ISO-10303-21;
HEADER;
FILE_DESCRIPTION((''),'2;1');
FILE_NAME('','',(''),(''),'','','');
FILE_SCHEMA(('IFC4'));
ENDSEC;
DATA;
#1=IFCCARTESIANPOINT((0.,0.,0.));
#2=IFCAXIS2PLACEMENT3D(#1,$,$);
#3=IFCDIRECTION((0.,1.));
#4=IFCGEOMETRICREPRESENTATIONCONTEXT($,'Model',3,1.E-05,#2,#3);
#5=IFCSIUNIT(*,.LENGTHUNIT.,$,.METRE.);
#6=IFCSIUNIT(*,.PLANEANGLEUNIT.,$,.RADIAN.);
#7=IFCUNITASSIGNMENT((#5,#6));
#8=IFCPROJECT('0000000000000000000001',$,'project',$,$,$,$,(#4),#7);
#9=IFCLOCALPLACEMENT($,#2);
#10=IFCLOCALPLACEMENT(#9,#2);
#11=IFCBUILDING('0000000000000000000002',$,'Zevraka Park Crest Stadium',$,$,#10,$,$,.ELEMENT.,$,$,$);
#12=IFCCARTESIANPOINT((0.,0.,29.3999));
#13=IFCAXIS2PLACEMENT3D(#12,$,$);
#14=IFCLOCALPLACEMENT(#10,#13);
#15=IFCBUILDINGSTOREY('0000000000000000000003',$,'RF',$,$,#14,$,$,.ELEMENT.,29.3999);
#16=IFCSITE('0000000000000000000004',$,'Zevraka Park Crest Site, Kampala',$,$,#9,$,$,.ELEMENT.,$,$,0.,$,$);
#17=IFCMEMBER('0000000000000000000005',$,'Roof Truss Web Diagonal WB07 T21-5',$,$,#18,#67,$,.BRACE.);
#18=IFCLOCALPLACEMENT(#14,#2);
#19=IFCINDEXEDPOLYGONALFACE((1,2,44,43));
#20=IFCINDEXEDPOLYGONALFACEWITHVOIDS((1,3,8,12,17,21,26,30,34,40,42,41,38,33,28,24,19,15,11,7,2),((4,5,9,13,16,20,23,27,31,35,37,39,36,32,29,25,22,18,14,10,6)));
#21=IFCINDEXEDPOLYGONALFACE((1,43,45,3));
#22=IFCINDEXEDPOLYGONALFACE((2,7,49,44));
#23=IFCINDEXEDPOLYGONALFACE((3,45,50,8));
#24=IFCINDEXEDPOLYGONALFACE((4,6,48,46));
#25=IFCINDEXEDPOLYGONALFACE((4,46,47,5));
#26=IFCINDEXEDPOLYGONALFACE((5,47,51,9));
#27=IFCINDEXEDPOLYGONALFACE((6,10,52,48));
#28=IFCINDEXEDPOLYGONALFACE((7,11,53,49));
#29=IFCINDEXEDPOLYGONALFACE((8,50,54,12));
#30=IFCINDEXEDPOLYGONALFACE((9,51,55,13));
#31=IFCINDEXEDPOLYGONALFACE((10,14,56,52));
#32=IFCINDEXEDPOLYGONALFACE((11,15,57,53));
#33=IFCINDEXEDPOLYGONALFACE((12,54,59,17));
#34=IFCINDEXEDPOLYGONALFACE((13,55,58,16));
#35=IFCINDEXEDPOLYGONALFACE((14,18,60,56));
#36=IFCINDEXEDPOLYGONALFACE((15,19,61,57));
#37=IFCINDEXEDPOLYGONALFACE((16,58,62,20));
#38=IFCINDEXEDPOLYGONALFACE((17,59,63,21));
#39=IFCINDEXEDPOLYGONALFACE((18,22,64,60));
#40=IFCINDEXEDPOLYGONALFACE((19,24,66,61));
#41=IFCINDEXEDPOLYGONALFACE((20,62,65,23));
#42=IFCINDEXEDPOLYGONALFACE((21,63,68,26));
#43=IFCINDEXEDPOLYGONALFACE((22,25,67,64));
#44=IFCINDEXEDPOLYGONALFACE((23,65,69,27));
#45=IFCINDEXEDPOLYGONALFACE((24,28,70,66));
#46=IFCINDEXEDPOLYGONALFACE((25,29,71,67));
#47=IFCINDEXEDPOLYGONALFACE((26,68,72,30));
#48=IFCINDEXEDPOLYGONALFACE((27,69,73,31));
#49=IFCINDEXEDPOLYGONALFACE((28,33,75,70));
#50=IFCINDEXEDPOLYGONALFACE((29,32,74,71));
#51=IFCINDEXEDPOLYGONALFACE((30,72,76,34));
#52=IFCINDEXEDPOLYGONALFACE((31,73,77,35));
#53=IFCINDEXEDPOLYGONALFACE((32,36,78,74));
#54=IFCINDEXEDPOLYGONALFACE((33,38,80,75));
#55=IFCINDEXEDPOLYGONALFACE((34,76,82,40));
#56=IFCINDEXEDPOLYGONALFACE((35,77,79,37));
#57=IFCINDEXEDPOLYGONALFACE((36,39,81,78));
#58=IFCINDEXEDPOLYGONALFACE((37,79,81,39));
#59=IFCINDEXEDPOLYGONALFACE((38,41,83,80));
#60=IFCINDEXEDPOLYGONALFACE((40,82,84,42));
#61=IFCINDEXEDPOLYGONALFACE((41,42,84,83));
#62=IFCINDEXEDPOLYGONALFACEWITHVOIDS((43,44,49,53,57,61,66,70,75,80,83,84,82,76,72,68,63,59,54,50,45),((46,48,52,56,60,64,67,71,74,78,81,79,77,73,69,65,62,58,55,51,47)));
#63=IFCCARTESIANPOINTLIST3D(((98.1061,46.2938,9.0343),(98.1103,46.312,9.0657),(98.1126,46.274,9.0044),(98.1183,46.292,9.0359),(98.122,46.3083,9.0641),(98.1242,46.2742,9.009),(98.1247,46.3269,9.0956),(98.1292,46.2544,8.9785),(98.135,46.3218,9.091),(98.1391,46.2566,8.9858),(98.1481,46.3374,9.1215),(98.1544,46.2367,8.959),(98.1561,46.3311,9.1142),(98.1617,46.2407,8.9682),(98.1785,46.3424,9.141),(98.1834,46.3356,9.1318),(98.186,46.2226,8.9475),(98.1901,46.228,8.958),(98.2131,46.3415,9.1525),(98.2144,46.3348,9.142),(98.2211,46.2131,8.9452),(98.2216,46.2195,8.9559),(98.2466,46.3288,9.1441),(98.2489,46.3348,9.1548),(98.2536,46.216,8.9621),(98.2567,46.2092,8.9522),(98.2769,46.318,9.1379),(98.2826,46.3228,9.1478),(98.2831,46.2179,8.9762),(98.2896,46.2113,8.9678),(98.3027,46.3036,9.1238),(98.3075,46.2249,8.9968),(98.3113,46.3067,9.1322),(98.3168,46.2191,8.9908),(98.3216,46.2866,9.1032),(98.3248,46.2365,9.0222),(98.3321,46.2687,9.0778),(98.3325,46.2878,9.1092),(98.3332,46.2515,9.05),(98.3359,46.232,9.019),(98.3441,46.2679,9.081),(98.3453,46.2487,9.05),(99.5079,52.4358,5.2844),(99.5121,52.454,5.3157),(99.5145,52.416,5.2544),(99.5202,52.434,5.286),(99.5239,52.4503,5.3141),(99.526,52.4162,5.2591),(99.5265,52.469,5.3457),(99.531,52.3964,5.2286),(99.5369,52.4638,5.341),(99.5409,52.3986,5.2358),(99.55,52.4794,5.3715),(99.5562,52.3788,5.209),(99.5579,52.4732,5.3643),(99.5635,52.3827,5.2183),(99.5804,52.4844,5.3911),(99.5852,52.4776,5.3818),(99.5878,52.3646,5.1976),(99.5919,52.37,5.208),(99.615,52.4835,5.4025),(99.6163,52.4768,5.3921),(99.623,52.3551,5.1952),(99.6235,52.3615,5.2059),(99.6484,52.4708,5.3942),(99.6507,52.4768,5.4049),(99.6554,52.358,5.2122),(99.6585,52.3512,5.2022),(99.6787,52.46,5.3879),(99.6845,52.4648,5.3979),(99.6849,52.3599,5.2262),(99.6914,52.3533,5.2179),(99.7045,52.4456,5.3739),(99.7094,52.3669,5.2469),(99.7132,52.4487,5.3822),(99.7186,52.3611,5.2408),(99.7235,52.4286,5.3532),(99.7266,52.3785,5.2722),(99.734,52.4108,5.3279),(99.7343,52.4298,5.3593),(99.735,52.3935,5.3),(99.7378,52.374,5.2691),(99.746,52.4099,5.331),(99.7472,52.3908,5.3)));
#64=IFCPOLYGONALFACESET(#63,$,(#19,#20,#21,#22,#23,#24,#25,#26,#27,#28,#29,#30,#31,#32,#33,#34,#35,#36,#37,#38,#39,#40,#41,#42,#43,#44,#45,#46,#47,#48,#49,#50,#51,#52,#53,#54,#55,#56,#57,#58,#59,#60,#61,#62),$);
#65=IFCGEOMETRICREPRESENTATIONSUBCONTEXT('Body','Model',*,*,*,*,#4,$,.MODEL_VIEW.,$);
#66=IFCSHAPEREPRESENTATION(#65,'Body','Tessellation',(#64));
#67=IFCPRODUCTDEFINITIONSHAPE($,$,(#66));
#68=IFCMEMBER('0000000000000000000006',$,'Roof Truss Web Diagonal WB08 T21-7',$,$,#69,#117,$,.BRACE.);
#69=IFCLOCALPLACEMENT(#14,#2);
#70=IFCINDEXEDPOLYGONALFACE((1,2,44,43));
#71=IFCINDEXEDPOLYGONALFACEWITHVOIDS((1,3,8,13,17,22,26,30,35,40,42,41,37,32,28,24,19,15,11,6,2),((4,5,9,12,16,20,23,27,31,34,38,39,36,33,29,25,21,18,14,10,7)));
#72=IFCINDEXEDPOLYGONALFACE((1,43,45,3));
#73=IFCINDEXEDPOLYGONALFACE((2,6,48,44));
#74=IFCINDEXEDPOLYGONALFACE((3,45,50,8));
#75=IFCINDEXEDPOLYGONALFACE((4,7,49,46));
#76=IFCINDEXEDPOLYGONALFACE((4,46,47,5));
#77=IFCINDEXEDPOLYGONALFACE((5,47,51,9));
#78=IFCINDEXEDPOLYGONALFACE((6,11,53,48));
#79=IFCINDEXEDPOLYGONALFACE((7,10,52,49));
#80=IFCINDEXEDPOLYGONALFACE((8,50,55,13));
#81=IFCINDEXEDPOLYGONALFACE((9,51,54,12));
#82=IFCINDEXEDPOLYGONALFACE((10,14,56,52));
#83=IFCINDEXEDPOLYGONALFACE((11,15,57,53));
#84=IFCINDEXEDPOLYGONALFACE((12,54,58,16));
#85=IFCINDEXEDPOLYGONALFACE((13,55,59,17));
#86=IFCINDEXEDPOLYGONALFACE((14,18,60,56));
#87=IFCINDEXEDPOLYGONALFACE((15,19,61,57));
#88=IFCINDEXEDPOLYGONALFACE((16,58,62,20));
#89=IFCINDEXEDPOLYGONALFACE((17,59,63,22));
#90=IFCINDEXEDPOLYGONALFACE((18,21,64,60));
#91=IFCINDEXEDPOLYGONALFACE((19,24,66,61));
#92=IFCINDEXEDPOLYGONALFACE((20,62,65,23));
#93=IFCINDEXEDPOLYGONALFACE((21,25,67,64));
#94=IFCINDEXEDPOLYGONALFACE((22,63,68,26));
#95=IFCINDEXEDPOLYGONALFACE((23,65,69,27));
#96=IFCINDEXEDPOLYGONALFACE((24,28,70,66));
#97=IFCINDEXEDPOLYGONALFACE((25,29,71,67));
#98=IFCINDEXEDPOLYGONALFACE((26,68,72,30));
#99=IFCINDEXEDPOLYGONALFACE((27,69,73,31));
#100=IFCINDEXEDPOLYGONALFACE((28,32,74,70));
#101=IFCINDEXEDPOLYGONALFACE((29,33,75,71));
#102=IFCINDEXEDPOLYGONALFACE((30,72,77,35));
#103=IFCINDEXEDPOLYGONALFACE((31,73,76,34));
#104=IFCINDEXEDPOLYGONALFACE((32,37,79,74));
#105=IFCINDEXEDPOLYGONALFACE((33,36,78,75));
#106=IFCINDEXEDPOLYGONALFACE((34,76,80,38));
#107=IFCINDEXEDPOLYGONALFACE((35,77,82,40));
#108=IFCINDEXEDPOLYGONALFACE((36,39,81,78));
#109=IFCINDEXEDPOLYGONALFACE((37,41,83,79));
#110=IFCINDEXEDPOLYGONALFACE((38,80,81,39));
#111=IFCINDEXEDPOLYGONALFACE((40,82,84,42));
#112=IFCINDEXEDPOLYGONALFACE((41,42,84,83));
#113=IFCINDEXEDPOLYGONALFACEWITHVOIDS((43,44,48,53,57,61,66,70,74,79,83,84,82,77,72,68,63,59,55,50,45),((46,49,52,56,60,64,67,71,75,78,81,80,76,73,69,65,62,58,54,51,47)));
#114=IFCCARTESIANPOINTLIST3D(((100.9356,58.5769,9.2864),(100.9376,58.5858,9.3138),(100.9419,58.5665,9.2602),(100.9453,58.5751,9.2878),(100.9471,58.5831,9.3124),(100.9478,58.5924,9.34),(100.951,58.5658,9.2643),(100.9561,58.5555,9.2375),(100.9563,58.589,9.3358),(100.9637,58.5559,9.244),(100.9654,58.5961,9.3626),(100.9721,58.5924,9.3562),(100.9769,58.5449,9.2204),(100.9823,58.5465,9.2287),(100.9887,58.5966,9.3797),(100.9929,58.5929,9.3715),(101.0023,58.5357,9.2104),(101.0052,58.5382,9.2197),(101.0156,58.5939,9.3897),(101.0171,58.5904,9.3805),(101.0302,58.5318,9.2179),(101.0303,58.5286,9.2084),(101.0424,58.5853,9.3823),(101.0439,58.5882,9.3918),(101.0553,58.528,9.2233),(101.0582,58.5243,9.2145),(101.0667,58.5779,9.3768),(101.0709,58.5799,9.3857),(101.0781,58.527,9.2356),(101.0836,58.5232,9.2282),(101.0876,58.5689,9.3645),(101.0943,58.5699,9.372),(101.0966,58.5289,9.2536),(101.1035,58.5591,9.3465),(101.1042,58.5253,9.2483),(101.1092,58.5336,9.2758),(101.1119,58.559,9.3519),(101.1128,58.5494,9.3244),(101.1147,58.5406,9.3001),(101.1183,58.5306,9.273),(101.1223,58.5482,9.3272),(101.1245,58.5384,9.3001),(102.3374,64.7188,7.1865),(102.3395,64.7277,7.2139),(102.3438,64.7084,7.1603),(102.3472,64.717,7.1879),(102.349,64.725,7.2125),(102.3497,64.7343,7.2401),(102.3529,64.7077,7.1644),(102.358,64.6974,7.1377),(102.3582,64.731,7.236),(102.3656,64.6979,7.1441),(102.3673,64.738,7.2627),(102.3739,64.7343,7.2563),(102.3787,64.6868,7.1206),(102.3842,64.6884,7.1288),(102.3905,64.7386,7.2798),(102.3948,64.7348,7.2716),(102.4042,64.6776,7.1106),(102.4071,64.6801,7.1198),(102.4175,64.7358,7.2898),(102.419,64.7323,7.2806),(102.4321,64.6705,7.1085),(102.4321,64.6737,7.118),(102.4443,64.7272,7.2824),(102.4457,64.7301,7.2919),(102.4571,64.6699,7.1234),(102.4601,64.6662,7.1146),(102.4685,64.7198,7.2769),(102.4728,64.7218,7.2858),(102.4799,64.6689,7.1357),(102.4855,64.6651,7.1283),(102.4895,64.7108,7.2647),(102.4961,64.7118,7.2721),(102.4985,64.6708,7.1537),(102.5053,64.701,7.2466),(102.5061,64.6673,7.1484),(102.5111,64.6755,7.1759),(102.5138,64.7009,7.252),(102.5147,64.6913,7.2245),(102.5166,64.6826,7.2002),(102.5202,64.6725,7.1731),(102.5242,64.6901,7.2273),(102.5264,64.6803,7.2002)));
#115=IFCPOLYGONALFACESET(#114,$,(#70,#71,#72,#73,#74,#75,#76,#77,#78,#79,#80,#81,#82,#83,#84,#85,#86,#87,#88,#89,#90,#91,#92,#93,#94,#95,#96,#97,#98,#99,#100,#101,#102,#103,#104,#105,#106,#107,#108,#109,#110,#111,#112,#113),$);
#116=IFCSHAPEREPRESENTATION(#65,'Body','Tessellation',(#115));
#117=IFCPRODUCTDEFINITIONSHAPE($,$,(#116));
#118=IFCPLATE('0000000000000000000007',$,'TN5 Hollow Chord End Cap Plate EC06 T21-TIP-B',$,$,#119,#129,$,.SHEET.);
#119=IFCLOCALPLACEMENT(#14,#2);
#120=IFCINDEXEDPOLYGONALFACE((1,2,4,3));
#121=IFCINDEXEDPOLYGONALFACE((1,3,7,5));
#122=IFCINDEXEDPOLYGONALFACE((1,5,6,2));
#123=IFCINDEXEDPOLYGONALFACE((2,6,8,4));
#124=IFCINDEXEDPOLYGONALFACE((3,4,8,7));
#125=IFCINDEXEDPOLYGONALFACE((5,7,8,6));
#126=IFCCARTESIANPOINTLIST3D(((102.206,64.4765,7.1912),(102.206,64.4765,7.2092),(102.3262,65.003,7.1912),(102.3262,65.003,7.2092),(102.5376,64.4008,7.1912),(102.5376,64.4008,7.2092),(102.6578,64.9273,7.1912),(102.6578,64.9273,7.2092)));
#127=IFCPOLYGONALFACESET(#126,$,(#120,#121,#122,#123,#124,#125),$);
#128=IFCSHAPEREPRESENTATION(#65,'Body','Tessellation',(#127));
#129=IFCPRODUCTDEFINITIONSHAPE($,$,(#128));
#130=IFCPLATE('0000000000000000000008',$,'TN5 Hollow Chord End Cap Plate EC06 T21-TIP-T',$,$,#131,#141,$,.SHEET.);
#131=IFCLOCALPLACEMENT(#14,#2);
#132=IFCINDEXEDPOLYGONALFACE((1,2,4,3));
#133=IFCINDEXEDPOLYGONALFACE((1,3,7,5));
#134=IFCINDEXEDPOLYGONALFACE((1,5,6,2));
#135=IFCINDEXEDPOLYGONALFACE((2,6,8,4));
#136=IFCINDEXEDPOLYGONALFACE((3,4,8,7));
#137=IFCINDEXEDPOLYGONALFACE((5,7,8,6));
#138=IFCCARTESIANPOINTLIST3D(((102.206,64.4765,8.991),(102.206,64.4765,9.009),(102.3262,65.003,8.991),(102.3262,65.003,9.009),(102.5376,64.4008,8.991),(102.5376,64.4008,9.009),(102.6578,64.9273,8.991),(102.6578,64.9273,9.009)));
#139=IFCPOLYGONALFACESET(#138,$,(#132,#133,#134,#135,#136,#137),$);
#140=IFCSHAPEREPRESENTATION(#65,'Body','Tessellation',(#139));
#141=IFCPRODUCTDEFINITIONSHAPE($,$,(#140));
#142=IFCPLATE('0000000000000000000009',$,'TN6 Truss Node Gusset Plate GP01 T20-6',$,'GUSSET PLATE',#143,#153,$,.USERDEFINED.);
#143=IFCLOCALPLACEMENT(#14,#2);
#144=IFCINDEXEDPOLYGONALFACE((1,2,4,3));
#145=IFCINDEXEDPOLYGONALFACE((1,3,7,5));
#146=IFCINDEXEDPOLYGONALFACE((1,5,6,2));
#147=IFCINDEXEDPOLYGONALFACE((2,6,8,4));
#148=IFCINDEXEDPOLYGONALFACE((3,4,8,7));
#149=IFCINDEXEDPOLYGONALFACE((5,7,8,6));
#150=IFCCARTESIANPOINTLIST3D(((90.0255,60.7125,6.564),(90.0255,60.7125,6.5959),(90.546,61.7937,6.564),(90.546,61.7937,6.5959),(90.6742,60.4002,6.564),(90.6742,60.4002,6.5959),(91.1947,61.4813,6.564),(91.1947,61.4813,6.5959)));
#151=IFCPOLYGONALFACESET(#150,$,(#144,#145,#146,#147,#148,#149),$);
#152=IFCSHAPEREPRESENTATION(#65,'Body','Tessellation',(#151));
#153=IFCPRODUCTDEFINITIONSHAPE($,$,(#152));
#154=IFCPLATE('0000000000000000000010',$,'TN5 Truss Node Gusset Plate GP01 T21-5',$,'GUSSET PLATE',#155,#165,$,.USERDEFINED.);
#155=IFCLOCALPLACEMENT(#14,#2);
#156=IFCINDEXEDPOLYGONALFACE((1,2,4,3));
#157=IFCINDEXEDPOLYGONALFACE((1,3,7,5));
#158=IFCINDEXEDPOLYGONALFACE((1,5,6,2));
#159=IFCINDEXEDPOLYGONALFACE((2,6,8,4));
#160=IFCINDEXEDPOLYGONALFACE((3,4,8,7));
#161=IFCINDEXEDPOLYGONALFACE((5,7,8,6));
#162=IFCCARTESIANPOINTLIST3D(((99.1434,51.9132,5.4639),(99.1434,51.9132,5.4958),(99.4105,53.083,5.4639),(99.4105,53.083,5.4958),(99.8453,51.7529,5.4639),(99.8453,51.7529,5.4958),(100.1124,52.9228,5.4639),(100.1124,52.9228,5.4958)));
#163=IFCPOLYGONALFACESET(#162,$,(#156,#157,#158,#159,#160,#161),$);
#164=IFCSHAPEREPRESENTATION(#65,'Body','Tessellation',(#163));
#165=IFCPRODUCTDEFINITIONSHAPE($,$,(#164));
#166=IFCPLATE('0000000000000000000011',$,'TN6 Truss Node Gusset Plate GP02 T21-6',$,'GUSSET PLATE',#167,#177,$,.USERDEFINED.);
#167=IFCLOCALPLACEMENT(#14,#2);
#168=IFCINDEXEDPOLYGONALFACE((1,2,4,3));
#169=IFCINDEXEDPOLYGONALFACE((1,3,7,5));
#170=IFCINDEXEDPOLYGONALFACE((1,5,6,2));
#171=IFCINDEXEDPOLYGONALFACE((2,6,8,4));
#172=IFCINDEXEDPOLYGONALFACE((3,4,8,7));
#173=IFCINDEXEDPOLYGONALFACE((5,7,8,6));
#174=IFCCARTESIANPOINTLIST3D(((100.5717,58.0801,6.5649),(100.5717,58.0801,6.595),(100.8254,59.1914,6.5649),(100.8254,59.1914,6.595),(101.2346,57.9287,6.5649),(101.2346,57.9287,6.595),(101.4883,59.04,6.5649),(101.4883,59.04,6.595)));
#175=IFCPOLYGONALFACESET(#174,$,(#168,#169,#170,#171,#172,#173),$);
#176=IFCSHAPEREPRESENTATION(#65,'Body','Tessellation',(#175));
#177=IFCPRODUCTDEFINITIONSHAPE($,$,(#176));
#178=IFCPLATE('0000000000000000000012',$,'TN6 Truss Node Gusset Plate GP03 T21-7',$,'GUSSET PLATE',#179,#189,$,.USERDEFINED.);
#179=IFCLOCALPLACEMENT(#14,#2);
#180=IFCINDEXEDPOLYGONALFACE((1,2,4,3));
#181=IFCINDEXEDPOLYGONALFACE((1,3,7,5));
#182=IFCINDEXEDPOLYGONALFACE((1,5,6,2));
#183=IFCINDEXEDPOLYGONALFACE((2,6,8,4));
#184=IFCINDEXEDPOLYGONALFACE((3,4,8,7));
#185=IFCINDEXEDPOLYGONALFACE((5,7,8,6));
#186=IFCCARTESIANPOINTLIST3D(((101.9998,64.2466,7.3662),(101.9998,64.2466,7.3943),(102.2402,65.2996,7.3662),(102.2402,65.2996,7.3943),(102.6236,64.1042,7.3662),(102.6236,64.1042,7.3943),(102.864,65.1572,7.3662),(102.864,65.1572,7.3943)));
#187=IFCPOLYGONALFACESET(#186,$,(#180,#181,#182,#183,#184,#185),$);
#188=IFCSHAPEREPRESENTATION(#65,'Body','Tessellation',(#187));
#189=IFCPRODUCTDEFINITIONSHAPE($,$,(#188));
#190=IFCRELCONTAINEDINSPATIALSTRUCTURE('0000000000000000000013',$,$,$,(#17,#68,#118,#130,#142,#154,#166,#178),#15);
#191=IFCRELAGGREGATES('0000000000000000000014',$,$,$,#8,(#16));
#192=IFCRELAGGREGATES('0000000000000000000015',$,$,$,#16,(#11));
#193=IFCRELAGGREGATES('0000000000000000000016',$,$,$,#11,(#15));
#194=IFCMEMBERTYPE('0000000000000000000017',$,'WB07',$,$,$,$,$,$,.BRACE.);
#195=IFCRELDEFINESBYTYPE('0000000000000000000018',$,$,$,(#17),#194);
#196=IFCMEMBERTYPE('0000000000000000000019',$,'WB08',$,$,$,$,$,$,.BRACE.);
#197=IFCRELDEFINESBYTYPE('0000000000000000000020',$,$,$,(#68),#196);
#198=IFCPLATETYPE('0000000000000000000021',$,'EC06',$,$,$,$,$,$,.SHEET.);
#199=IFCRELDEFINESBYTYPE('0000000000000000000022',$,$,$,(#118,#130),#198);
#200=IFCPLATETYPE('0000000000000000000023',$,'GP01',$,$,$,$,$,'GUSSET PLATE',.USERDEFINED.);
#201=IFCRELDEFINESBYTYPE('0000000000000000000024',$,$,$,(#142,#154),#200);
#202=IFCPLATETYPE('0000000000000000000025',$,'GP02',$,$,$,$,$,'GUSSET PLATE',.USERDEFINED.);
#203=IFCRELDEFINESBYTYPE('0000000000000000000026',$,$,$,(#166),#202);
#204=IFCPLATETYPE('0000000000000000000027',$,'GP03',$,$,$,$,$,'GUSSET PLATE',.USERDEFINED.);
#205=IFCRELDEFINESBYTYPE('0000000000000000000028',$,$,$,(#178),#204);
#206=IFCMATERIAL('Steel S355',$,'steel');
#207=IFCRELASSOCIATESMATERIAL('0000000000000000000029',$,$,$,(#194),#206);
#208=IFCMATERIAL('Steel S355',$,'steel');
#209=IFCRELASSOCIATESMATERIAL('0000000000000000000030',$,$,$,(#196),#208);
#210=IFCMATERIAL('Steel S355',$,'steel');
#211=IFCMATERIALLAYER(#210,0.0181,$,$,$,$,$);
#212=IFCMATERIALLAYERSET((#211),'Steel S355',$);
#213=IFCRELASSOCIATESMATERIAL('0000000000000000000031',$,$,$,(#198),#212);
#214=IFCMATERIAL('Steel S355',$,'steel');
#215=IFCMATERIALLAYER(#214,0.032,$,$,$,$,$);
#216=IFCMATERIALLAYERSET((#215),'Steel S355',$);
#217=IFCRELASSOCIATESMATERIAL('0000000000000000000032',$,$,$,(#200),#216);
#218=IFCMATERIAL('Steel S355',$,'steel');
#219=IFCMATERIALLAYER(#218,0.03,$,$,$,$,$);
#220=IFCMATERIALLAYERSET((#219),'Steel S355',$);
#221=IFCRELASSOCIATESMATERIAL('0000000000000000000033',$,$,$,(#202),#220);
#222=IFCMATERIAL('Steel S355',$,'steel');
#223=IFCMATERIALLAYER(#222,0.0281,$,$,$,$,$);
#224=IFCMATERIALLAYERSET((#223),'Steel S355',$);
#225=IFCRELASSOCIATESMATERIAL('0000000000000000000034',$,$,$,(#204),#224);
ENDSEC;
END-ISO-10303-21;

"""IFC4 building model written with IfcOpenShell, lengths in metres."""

from ifc_helpers import new_model, si_unit, direction, frame, origin, origin_2d, place, context, subcontext, project, spatial, rectangle, hollow_circle, extrude, material, layer, layer_set, material_profile, profile_set, type_object, element, save


model = new_model("IFC4")

# Units and contexts
model_context = context("Model", 3, precision=1e-05, world=origin(), true_north=direction((0.0, 1.0)))
body_context = subcontext(model_context, "Body", "Model", "MODEL_VIEW")
ifc_project = project(units=[si_unit("LENGTHUNIT", "METRE"), si_unit("PLANEANGLEUNIT", "RADIAN")], contexts=[model_context])

# Site, building, storey
site_placement = place(None, origin())
site = spatial("IfcSite", under=ifc_project, at=site_placement, Name="Zevraka Park Crest Site, Kampala", CompositionType="ELEMENT", RefElevation=0.0)
building_placement = place(site_placement, origin())
building = spatial("IfcBuilding", under=site, at=building_placement, Name="Zevraka Park Crest Stadium", CompositionType="ELEMENT")
storey_placement = place(building_placement, frame((0.0, 0.0, 29.3999)))
storey = spatial("IfcBuildingStorey", under=building, at=storey_placement, Name="RF", CompositionType="ELEMENT", Elevation=29.3999)

# Members
ifc_material_1 = material(Name="Steel S355", Category="steel")
ifc_material_profile_1 = material_profile(ifc_material_1, hollow_circle(Radius=0.1223, WallThickness=0.0125, at=origin_2d()), Name="CHS 244.5x12.5")
ifc_profile_set_1 = profile_set([ifc_material_profile_1], Name="Steel S355")
member_type_1 = type_object("IfcMemberType", Name="WB07", PredefinedType="BRACE", material=ifc_profile_set_1)
member_1_placement = place(storey_placement, frame((99.6279, 52.418, 5.3), z_axis=(-0.191206, -0.837751, 0.511482), x_axis=(0.974929, -0.222515, 0.0)))
element("IfcMember", 1, at=member_1_placement, inside=storey, type_object=member_type_1, Name="Roof Truss Web Diagonal WB07 T21-5", PredefinedType="BRACE", context=body_context, shape_type="SweptSolid", body=[
    extrude(hollow_circle(Radius=0.1223, WallThickness=0.0125, at=origin_2d()), origin(), (0.0, 0.0, 1.0), 7.3315),
])
ifc_material_2 = material(Name="Steel S355", Category="steel")
ifc_material_profile_2 = material_profile(ifc_material_2, hollow_circle(Radius=0.0969, WallThickness=0.01, at=origin_2d()), Name="CHS 193.7x10")
ifc_profile_set_2 = profile_set([ifc_material_profile_2], Name="Steel S355")
member_type_2 = type_object("IfcMemberType", Name="WB08", PredefinedType="BRACE", material=ifc_profile_set_2)
member_2_placement = place(storey_placement, frame((102.4319, 64.7019, 7.2002), z_axis=(-0.211105, -0.924901, 0.316217), x_axis=(0.974927, -0.222524, 0.0)))
element("IfcMember", 2, at=member_2_placement, inside=storey, type_object=member_type_2, Name="Roof Truss Web Diagonal WB08 T21-7", PredefinedType="BRACE", context=body_context, shape_type="SweptSolid", body=[
    extrude(hollow_circle(Radius=0.0969, WallThickness=0.01, at=origin_2d()), origin(), (0.0, 0.0, 1.0), 6.6406),
])

# Plates
ifc_material_3 = material(Name="Steel S355", Category="steel")
ifc_layer_1 = layer(ifc_material_3, 0.0181)
ifc_layer_set_1 = layer_set([ifc_layer_1], Name="Steel S355")
plate_type_1 = type_object("IfcPlateType", Name="EC06", PredefinedType="SHEET", material=ifc_layer_set_1)
for number, where, z_axis, x_axis, name in (
    (3, (102.4319, 64.7019, 7.1912), (0.0, 0.0, 1.0), (0.22257, 0.974917, 0.0), "TN5 Hollow Chord End Cap Plate EC06 T21-TIP-B"),
    (4, (102.4319, 64.7019, 8.991), (0.0, 0.0, 1.0), (0.22257, 0.974917, 0.0), "TN5 Hollow Chord End Cap Plate EC06 T21-TIP-T"),
):
    element("IfcPlate", number, at=place(storey_placement, frame(where, z_axis=z_axis, x_axis=x_axis)), inside=storey, type_object=plate_type_1, Name=name, PredefinedType="SHEET", context=body_context, shape_type="SweptSolid", body=[
        extrude(rectangle(XDim=0.54, YDim=0.3401, at=origin_2d()), origin(), (0.0, 0.0, 1.0), 0.0181),
    ])
ifc_material_4 = material(Name="Steel S355", Category="steel")
ifc_layer_2 = layer(ifc_material_4, 0.032)
ifc_layer_set_2 = layer_set([ifc_layer_2], Name="Steel S355")
plate_type_2 = type_object("IfcPlateType", Name="GP01", ElementType="GUSSET PLATE", PredefinedType="USERDEFINED", material=ifc_layer_set_2)
for number, where, z_axis, x_axis, name in (
    (5, (90.6101, 61.0969, 6.564), (0.0, 0.0, 1.0), (0.433816, 0.901001, 0.0), "TN6 Truss Node Gusset Plate GP01 T20-6"),
    (6, (99.6279, 52.418, 5.4639), (0.0, 0.0, 1.0), (0.22257, 0.974917, 0.0), "TN5 Truss Node Gusset Plate GP01 T21-5"),
):
    element("IfcPlate", number, at=place(storey_placement, frame(where, z_axis=z_axis, x_axis=x_axis)), inside=storey, type_object=plate_type_2, Name=name, ObjectType="GUSSET PLATE", PredefinedType="USERDEFINED", context=body_context, shape_type="SweptSolid", body=[
        extrude(rectangle(XDim=1.2, YDim=0.72, at=origin_2d()), origin(), (0.0, 0.0, 1.0), 0.032),
    ])
ifc_material_5 = material(Name="Steel S355", Category="steel")
ifc_layer_3 = layer(ifc_material_5, 0.03)
ifc_layer_set_3 = layer_set([ifc_layer_3], Name="Steel S355")
plate_type_3 = type_object("IfcPlateType", Name="GP02", ElementType="GUSSET PLATE", PredefinedType="USERDEFINED", material=ifc_layer_set_3)
plate_1_placement = place(storey_placement, frame((101.03, 58.5601, 6.5649), z_axis=(0.0, 0.0, 1.0), x_axis=(0.22257, 0.974917, 0.0)))
element("IfcPlate", 7, at=plate_1_placement, inside=storey, type_object=plate_type_3, Name="TN6 Truss Node Gusset Plate GP02 T21-6", ObjectType="GUSSET PLATE", PredefinedType="USERDEFINED", context=body_context, shape_type="SweptSolid", body=[
    extrude(rectangle(XDim=1.1399, YDim=0.6799, at=origin_2d()), origin(), (0.0, 0.0, 1.0), 0.03),
])
ifc_material_6 = material(Name="Steel S355", Category="steel")
ifc_layer_4 = layer(ifc_material_6, 0.0281)
ifc_layer_set_4 = layer_set([ifc_layer_4], Name="Steel S355")
plate_type_4 = type_object("IfcPlateType", Name="GP03", ElementType="GUSSET PLATE", PredefinedType="USERDEFINED", material=ifc_layer_set_4)
plate_2_placement = place(storey_placement, frame((102.4319, 64.7019, 7.3662), z_axis=(0.0, 0.0, 1.0), x_axis=(0.22257, 0.974917, 0.0)))
element("IfcPlate", 8, at=plate_2_placement, inside=storey, type_object=plate_type_4, Name="TN6 Truss Node Gusset Plate GP03 T21-7", ObjectType="GUSSET PLATE", PredefinedType="USERDEFINED", context=body_context, shape_type="SweptSolid", body=[
    extrude(rectangle(XDim=1.0801, YDim=0.6399, at=origin_2d()), origin(), (0.0, 0.0, 1.0), 0.0281),
])

save(model, "model.ifc")
